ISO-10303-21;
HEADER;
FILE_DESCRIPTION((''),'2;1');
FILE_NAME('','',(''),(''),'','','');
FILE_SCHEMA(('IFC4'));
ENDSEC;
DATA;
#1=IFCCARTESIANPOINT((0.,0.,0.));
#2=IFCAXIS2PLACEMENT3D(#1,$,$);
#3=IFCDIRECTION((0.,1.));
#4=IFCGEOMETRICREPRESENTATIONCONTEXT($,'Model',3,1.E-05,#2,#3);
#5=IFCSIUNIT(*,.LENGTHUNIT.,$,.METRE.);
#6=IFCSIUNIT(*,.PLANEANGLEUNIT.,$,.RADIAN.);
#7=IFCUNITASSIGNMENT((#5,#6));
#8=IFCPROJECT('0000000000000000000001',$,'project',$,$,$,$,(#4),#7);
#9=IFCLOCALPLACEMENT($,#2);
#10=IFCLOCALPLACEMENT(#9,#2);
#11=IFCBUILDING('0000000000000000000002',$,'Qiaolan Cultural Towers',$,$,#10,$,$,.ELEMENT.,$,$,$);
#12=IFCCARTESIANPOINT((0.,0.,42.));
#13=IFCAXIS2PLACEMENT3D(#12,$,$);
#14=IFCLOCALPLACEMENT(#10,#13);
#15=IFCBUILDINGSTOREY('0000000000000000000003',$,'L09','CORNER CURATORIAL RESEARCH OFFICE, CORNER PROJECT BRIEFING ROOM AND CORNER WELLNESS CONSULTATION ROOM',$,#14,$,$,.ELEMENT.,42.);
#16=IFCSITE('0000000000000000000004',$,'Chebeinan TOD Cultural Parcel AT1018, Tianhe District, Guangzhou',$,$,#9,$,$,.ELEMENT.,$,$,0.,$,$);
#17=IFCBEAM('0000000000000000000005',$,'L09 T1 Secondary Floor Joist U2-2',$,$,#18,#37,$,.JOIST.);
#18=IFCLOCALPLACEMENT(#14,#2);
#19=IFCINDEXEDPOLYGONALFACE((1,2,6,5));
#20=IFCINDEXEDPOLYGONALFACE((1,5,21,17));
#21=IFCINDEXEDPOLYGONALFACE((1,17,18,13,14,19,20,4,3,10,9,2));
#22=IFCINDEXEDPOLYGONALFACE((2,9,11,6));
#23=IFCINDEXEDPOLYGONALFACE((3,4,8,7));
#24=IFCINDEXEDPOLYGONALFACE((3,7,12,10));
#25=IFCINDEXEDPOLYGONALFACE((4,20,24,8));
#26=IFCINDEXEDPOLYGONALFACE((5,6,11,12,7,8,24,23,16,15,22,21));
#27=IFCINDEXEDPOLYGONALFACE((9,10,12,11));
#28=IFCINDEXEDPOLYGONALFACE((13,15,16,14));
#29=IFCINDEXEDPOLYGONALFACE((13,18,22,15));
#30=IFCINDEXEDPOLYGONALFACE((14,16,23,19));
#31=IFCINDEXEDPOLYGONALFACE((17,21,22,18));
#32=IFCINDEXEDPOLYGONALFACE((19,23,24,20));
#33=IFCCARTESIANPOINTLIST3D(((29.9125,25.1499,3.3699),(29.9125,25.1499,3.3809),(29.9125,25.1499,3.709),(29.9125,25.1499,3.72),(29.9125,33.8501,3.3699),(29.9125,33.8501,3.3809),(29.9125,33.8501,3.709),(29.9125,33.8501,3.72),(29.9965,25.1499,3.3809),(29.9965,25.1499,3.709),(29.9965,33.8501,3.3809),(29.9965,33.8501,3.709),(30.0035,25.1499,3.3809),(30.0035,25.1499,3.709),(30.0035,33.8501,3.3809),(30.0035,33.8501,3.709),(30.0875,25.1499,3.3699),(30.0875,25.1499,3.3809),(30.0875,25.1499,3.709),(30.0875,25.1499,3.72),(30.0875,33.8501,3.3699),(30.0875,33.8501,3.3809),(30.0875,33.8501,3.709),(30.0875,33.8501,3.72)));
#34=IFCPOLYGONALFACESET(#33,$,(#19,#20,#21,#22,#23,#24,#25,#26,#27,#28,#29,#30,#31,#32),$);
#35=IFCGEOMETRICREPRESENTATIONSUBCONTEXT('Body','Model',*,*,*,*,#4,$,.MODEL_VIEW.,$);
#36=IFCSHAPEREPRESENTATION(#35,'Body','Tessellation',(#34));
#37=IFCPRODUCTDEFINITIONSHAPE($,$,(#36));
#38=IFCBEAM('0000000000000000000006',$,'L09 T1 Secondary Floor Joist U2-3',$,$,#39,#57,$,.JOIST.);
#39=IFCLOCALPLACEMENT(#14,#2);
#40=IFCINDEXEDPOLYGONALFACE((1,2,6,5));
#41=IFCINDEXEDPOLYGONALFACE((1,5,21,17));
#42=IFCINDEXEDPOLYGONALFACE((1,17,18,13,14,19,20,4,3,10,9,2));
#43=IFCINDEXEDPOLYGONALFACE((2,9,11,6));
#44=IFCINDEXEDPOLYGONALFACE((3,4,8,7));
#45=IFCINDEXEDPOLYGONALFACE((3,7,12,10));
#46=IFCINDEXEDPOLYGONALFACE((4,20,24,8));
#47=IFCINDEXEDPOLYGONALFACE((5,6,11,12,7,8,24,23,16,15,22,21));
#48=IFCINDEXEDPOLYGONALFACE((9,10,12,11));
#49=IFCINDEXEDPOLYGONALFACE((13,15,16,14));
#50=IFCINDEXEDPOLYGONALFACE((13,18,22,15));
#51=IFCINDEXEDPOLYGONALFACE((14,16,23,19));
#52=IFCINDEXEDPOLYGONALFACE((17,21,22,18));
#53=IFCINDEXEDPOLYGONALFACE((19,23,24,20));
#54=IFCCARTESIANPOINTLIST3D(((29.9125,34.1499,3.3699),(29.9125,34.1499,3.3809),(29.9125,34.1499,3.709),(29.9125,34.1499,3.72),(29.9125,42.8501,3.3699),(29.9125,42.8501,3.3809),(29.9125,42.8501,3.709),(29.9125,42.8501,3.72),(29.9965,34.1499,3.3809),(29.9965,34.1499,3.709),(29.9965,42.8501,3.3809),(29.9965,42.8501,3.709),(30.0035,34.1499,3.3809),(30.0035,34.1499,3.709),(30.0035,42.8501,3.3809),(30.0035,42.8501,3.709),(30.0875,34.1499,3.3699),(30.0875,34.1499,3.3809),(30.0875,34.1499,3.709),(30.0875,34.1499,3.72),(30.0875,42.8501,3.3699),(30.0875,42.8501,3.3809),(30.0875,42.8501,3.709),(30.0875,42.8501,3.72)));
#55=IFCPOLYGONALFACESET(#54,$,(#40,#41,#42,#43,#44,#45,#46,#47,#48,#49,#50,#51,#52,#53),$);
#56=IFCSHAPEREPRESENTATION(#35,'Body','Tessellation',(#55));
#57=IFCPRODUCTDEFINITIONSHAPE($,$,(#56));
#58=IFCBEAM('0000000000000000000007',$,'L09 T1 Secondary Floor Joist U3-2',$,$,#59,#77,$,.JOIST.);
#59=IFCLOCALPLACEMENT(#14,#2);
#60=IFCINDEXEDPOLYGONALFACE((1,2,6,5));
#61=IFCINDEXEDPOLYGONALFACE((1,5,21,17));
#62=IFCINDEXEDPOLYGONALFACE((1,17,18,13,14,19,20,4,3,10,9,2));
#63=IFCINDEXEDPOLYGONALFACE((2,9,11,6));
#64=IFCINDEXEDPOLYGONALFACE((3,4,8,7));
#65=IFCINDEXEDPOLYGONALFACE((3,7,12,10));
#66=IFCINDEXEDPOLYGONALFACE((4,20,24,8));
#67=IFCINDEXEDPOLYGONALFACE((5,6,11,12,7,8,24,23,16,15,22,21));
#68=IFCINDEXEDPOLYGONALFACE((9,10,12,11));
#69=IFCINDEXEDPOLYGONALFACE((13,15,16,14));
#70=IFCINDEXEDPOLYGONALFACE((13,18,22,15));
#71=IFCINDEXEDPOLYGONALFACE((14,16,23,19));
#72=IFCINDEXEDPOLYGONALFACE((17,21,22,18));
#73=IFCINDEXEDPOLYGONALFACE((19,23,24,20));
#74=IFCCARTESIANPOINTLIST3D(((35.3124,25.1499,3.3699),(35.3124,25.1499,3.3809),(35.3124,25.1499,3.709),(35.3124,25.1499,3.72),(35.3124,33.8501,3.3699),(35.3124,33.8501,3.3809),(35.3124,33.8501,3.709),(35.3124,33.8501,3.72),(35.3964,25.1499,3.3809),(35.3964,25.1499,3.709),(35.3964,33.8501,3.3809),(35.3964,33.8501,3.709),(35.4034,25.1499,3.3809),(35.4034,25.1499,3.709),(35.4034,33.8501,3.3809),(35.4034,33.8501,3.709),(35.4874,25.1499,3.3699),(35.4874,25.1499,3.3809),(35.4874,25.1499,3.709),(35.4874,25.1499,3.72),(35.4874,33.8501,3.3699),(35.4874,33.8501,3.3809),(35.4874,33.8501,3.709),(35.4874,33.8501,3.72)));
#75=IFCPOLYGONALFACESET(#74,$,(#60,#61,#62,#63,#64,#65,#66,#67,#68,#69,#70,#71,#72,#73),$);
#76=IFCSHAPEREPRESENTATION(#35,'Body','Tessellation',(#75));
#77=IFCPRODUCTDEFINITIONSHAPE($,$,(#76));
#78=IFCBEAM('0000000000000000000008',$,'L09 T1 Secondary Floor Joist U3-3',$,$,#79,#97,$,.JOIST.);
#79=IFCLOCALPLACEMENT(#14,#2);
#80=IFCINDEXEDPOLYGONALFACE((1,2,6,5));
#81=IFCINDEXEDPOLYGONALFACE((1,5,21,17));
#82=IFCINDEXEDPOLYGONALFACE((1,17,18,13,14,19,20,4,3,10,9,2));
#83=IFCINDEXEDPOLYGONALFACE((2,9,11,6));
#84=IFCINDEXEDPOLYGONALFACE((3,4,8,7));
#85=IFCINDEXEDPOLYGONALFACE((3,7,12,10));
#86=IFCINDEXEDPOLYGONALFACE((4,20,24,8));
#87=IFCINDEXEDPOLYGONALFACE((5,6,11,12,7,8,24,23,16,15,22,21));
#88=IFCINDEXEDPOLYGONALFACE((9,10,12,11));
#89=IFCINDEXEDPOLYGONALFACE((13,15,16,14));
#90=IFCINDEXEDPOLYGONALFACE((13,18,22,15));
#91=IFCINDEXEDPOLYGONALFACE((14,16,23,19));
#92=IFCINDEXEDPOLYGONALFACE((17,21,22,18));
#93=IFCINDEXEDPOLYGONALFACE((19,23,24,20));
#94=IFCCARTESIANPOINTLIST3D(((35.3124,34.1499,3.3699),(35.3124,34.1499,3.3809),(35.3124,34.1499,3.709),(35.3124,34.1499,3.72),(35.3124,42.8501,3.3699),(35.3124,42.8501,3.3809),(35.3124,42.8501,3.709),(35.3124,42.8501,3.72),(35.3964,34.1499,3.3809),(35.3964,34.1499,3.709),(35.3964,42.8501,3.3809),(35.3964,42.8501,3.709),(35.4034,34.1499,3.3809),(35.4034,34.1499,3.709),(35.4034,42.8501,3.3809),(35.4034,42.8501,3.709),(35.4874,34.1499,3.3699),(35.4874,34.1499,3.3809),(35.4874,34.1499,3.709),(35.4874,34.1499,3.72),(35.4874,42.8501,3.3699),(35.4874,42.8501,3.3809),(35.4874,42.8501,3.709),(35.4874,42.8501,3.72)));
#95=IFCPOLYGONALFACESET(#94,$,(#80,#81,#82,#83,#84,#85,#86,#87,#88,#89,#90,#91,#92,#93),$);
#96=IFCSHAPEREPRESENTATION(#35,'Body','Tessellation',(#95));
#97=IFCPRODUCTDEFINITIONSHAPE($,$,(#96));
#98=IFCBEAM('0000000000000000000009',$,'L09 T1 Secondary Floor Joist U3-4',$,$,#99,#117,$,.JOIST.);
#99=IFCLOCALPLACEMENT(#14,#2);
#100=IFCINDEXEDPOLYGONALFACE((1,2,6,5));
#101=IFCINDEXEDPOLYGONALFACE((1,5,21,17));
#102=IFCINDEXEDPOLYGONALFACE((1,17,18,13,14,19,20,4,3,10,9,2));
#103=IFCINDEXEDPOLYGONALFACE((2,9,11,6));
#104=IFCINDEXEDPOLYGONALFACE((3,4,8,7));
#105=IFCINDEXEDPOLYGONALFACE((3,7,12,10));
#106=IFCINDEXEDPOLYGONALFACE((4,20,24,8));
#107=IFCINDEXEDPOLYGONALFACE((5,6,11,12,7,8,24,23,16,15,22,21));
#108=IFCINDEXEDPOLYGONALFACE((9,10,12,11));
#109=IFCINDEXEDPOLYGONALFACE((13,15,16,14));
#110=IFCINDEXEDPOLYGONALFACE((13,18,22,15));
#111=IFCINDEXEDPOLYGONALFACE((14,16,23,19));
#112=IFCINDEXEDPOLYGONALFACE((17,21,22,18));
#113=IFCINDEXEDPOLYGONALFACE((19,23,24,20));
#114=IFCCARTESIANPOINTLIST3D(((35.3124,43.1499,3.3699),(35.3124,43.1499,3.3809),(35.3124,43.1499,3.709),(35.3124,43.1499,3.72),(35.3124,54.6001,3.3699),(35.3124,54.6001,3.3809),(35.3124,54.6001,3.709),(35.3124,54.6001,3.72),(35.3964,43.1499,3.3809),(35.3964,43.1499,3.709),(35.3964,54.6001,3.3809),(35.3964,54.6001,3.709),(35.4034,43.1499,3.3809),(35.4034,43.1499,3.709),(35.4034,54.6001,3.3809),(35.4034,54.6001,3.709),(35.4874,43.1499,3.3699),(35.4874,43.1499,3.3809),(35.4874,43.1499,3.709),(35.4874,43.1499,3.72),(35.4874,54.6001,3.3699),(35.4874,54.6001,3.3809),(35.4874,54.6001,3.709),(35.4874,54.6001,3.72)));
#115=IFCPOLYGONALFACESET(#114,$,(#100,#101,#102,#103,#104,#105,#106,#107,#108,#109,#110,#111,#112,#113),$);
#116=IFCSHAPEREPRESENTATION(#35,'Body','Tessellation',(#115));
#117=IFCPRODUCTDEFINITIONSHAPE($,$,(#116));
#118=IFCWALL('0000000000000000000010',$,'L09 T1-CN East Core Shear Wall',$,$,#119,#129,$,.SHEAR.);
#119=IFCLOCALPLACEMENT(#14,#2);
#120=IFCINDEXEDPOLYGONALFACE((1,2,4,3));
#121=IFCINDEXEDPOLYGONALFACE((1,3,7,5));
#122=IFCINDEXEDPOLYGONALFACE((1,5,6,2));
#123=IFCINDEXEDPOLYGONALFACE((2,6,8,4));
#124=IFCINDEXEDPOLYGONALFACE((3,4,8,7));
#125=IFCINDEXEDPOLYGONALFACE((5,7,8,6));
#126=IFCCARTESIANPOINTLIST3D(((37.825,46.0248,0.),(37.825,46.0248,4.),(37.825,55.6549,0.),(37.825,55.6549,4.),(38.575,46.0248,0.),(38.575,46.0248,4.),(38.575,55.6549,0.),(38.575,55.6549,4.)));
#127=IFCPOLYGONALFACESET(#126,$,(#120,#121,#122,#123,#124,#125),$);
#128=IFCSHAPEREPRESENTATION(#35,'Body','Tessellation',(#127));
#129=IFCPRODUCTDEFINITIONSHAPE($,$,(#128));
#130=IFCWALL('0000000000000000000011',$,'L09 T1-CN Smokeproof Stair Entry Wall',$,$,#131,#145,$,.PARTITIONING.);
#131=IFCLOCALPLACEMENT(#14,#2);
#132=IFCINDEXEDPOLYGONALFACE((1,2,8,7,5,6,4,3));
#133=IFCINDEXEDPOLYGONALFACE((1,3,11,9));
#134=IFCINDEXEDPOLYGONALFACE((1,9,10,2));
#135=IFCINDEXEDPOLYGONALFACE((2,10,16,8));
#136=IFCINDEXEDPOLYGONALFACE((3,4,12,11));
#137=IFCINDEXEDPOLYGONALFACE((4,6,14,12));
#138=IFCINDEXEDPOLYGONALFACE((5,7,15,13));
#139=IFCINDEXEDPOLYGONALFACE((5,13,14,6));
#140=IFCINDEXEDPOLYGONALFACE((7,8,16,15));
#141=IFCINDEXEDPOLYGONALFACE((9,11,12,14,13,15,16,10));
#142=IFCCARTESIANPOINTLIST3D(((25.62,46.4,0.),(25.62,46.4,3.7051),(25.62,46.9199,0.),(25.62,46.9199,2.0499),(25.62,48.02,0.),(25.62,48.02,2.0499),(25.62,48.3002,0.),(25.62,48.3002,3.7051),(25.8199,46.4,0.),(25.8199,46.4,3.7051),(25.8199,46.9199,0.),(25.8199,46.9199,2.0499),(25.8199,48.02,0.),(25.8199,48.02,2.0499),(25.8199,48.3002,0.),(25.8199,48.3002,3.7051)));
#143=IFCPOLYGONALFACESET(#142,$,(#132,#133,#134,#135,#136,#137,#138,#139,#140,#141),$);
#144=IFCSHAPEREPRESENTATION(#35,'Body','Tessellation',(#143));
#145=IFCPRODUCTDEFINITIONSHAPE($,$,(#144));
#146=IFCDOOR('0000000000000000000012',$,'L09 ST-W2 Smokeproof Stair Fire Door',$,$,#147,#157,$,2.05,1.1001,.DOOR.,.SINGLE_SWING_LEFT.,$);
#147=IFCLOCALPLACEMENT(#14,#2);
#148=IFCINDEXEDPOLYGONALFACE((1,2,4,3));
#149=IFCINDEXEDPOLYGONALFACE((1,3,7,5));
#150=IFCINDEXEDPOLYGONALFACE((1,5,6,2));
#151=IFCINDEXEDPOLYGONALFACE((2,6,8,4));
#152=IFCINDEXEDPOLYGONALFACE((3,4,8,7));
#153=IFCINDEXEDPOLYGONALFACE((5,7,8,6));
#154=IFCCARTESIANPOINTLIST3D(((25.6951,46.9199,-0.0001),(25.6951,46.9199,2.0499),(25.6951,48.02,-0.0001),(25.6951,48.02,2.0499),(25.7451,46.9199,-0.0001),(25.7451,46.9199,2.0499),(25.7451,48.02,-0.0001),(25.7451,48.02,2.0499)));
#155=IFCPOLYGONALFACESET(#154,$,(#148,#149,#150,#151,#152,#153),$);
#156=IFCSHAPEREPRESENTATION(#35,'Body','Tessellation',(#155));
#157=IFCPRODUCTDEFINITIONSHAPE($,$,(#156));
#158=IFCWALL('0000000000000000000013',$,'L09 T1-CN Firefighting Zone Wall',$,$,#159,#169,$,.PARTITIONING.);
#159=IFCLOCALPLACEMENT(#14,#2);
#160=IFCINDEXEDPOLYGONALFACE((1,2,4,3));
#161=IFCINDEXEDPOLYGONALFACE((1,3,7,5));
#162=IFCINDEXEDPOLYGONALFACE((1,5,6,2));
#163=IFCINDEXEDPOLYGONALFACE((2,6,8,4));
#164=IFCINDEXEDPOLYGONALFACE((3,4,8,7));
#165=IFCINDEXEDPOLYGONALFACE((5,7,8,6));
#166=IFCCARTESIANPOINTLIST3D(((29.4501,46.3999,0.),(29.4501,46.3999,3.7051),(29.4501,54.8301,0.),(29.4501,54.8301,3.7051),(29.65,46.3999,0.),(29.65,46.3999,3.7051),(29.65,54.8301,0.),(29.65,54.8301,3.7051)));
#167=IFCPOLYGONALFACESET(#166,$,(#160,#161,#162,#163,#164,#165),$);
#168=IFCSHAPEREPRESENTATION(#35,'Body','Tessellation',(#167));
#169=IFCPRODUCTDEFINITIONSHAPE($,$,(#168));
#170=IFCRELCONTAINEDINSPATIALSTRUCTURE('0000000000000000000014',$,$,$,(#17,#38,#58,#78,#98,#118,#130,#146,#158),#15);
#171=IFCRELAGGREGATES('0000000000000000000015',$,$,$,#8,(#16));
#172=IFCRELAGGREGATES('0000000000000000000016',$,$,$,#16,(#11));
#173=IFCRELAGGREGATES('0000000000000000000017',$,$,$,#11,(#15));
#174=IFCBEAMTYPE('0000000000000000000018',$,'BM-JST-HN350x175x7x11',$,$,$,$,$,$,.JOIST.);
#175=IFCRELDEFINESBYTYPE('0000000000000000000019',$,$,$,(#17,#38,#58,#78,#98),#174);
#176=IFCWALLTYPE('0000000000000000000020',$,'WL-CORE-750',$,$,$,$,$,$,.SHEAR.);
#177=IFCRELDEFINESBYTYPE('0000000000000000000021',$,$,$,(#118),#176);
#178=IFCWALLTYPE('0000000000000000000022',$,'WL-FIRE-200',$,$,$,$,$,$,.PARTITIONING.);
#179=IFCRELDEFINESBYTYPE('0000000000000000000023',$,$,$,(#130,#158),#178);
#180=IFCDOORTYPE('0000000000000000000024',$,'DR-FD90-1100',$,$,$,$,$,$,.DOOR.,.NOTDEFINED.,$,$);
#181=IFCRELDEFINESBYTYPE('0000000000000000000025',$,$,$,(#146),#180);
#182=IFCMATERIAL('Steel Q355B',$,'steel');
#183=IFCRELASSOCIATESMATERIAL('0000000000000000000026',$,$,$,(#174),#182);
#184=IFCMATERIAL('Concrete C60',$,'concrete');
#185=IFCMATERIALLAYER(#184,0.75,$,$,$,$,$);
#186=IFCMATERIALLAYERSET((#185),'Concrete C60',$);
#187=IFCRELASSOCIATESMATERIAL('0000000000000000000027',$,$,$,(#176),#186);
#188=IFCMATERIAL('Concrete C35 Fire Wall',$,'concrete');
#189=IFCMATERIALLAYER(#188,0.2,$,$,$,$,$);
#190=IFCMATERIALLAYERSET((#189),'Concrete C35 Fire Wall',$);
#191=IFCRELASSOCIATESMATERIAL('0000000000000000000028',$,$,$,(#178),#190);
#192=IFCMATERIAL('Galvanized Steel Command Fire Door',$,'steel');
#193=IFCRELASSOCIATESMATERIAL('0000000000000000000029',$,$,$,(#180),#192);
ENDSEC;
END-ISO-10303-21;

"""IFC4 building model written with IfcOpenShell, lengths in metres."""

from ifc_helpers import new_model, si_unit, direction, frame, frame_2d, origin, origin_2d, place, context, subcontext, project, spatial, rectangle, i_section, extrude, material, layer, layer_set, material_profile, profile_set, type_object, element, fill, save


model = new_model("IFC4")

# Units and contexts
model_context = context("Model", 3, precision=1e-05, world=origin(), true_north=direction((0.0, 1.0)))
body_context = subcontext(model_context, "Body", "Model", "MODEL_VIEW")
ifc_project = project(units=[si_unit("LENGTHUNIT", "METRE"), si_unit("PLANEANGLEUNIT", "RADIAN")], contexts=[model_context])

# Site, building, storey
site_placement = place(None, origin())
site = spatial("IfcSite", under=ifc_project, at=site_placement, Name="Chebeinan TOD Cultural Parcel AT1018, Tianhe District, Guangzhou", CompositionType="ELEMENT", RefElevation=0.0)
building_placement = place(site_placement, origin())
building = spatial("IfcBuilding", under=site, at=building_placement, Name="Qiaolan Cultural Towers", CompositionType="ELEMENT")
storey_placement = place(building_placement, frame((0.0, 0.0, 42.0)))
storey = spatial("IfcBuildingStorey", under=building, at=storey_placement, Name="L09", Description="CORNER CURATORIAL RESEARCH OFFICE, CORNER PROJECT BRIEFING ROOM AND CORNER WELLNESS CONSULTATION ROOM", CompositionType="ELEMENT", Elevation=42.0)

# Beams
ifc_material_1 = material(Name="Steel Q355B", Category="steel")
ifc_material_profile = material_profile(ifc_material_1, i_section(OverallWidth=0.175, OverallDepth=0.3501, WebThickness=0.0071, FlangeThickness=0.011, at=origin_2d()), Name="HN350x175x7x11")
ifc_profile_set = profile_set([ifc_material_profile], Name="Steel Q355B")
beam_type = type_object("IfcBeamType", Name="BM-JST-HN350x175x7x11", PredefinedType="JOIST", material=ifc_profile_set)
for number, where, z_axis, x_axis, name in (
    (1, (30.0, 25.1499, 3.5449), (0.0, 1.0, 0.0), (-1.0, 0.0, 0.0), "L09 T1 Secondary Floor Joist U2-2"),
    (2, (30.0, 34.1499, 3.5449), (0.0, 1.0, 0.0), (-1.0, 0.0, 0.0), "L09 T1 Secondary Floor Joist U2-3"),
    (3, (35.3999, 25.1499, 3.5449), (0.0, 1.0, 0.0), (-1.0, 0.0, 0.0), "L09 T1 Secondary Floor Joist U3-2"),
    (4, (35.3999, 34.1499, 3.5449), (0.0, 1.0, 0.0), (-1.0, 0.0, 0.0), "L09 T1 Secondary Floor Joist U3-3"),
):
    element("IfcBeam", number, at=place(storey_placement, frame(where, z_axis=z_axis, x_axis=x_axis)), inside=storey, type_object=beam_type, Name=name, PredefinedType="JOIST", context=body_context, shape_type="SweptSolid", body=[
        extrude(i_section(OverallWidth=0.175, OverallDepth=0.3501, WebThickness=0.0071, FlangeThickness=0.011, at=origin_2d()), origin(), (0.0, 0.0, 1.0), 8.7002),
    ])
beam_placement = place(storey_placement, frame((35.3999, 43.1499, 3.5449), z_axis=(0.0, 1.0, 0.0), x_axis=(-1.0, 0.0, 0.0)))
element("IfcBeam", 5, at=beam_placement, inside=storey, type_object=beam_type, Name="L09 T1 Secondary Floor Joist U3-4", PredefinedType="JOIST", context=body_context, shape_type="SweptSolid", body=[
    extrude(i_section(OverallWidth=0.175, OverallDepth=0.3501, WebThickness=0.0071, FlangeThickness=0.011, at=origin_2d()), origin(), (0.0, 0.0, 1.0), 11.4502),
])

# Wall
ifc_material_2 = material(Name="Concrete C60", Category="concrete")
ifc_layer_1 = layer(ifc_material_2, 0.75)
ifc_layer_set_1 = layer_set([ifc_layer_1], Name="Concrete C60")
wall_type_1 = type_object("IfcWallType", Name="WL-CORE-750", PredefinedType="SHEAR", material=ifc_layer_set_1)
wall_1_placement = place(storey_placement, frame((38.2, 46.0249, 0.0), z_axis=(0.0, 0.0, 1.0), x_axis=(0.0, 1.0, 0.0)))
element("IfcWall", 6, at=wall_1_placement, inside=storey, type_object=wall_type_1, Name="L09 T1-CN East Core Shear Wall", PredefinedType="SHEAR", context=body_context, shape_type="SweptSolid", body=[
    extrude(rectangle(XDim=9.6301, YDim=0.75, at=frame_2d((4.8149, 0.0))), origin(), (0.0, 0.0, 1.0), 4.0),
])

# Wall, opening, door
ifc_material_3 = material(Name="Concrete C35 Fire Wall", Category="concrete")
ifc_layer_2 = layer(ifc_material_3, 0.2)
ifc_layer_set_2 = layer_set([ifc_layer_2], Name="Concrete C35 Fire Wall")
wall_type_2 = type_object("IfcWallType", Name="WL-FIRE-200", PredefinedType="PARTITIONING", material=ifc_layer_set_2)
wall_2_placement = place(storey_placement, frame((25.72, 46.3999, 0.0), z_axis=(0.0, 0.0, 1.0), x_axis=(0.0, 1.0, 0.0)))
wall_2 = element("IfcWall", 7, at=wall_2_placement, inside=storey, type_object=wall_type_2, Name="L09 T1-CN Smokeproof Stair Entry Wall", PredefinedType="PARTITIONING", context=body_context, shape_type="SweptSolid", body=[
    extrude(rectangle(XDim=1.9001, YDim=0.2, at=frame_2d((0.9502, 0.0))), origin(), (0.0, 0.0, 1.0), 3.7051),
])
opening_1_placement = place(wall_2_placement, frame((0.52, 0.0, 0.0)))
opening_1 = element("IfcOpeningElement", 8, at=opening_1_placement, cuts=wall_2, PredefinedType="OPENING", context=body_context, shape_type="SweptSolid", body=[
    extrude(rectangle(XDim=1.1001, YDim=2.05, at=frame_2d((0.55, 1.0249))), frame((0.0, 0.1099, 0.0), z_axis=(0.0, -1.0, 0.0), x_axis=(1.0, 0.0, 0.0)), (0.0, 0.0, 1.0), 0.22),
])
ifc_material_4 = material(Name="Galvanized Steel Command Fire Door", Category="steel")
door_type_1 = type_object("IfcDoorType", Name="DR-FD90-1100", OperationType="NOTDEFINED", PredefinedType="DOOR", material=ifc_material_4)
door_1_placement = place(opening_1_placement, origin())
door_1 = element("IfcDoor", 9, at=door_1_placement, inside=storey, type_object=door_type_1, Name="L09 ST-W2 Smokeproof Stair Fire Door", OperationType="SINGLE_SWING_LEFT", OverallHeight=2.05, OverallWidth=1.1001, PredefinedType="DOOR", context=body_context, shape_type="SweptSolid", body=[
    extrude(rectangle(XDim=1.1001, YDim=2.05, at=frame_2d((0.55, 1.0249))), frame((0.0, 0.0249, 0.0), z_axis=(0.0, -1.0, 0.0), x_axis=(1.0, 0.0, 0.0)), (0.0, 0.0, 1.0), 0.05),
])
fill(opening_1, door_1)

# Wall
wall_3_placement = place(storey_placement, frame((29.55, 46.3999, 0.0), z_axis=(0.0, 0.0, 1.0), x_axis=(0.0, 1.0, 0.0)))
element("IfcWall", 10, at=wall_3_placement, inside=storey, type_object=wall_type_2, Name="L09 T1-CN Firefighting Zone Wall", PredefinedType="PARTITIONING", context=body_context, shape_type="SweptSolid", body=[
    extrude(rectangle(XDim=8.4302, YDim=0.2, at=frame_2d((4.2151, 0.0))), origin(), (0.0, 0.0, 1.0), 3.7051),
])

save(model, "model.ifc")
